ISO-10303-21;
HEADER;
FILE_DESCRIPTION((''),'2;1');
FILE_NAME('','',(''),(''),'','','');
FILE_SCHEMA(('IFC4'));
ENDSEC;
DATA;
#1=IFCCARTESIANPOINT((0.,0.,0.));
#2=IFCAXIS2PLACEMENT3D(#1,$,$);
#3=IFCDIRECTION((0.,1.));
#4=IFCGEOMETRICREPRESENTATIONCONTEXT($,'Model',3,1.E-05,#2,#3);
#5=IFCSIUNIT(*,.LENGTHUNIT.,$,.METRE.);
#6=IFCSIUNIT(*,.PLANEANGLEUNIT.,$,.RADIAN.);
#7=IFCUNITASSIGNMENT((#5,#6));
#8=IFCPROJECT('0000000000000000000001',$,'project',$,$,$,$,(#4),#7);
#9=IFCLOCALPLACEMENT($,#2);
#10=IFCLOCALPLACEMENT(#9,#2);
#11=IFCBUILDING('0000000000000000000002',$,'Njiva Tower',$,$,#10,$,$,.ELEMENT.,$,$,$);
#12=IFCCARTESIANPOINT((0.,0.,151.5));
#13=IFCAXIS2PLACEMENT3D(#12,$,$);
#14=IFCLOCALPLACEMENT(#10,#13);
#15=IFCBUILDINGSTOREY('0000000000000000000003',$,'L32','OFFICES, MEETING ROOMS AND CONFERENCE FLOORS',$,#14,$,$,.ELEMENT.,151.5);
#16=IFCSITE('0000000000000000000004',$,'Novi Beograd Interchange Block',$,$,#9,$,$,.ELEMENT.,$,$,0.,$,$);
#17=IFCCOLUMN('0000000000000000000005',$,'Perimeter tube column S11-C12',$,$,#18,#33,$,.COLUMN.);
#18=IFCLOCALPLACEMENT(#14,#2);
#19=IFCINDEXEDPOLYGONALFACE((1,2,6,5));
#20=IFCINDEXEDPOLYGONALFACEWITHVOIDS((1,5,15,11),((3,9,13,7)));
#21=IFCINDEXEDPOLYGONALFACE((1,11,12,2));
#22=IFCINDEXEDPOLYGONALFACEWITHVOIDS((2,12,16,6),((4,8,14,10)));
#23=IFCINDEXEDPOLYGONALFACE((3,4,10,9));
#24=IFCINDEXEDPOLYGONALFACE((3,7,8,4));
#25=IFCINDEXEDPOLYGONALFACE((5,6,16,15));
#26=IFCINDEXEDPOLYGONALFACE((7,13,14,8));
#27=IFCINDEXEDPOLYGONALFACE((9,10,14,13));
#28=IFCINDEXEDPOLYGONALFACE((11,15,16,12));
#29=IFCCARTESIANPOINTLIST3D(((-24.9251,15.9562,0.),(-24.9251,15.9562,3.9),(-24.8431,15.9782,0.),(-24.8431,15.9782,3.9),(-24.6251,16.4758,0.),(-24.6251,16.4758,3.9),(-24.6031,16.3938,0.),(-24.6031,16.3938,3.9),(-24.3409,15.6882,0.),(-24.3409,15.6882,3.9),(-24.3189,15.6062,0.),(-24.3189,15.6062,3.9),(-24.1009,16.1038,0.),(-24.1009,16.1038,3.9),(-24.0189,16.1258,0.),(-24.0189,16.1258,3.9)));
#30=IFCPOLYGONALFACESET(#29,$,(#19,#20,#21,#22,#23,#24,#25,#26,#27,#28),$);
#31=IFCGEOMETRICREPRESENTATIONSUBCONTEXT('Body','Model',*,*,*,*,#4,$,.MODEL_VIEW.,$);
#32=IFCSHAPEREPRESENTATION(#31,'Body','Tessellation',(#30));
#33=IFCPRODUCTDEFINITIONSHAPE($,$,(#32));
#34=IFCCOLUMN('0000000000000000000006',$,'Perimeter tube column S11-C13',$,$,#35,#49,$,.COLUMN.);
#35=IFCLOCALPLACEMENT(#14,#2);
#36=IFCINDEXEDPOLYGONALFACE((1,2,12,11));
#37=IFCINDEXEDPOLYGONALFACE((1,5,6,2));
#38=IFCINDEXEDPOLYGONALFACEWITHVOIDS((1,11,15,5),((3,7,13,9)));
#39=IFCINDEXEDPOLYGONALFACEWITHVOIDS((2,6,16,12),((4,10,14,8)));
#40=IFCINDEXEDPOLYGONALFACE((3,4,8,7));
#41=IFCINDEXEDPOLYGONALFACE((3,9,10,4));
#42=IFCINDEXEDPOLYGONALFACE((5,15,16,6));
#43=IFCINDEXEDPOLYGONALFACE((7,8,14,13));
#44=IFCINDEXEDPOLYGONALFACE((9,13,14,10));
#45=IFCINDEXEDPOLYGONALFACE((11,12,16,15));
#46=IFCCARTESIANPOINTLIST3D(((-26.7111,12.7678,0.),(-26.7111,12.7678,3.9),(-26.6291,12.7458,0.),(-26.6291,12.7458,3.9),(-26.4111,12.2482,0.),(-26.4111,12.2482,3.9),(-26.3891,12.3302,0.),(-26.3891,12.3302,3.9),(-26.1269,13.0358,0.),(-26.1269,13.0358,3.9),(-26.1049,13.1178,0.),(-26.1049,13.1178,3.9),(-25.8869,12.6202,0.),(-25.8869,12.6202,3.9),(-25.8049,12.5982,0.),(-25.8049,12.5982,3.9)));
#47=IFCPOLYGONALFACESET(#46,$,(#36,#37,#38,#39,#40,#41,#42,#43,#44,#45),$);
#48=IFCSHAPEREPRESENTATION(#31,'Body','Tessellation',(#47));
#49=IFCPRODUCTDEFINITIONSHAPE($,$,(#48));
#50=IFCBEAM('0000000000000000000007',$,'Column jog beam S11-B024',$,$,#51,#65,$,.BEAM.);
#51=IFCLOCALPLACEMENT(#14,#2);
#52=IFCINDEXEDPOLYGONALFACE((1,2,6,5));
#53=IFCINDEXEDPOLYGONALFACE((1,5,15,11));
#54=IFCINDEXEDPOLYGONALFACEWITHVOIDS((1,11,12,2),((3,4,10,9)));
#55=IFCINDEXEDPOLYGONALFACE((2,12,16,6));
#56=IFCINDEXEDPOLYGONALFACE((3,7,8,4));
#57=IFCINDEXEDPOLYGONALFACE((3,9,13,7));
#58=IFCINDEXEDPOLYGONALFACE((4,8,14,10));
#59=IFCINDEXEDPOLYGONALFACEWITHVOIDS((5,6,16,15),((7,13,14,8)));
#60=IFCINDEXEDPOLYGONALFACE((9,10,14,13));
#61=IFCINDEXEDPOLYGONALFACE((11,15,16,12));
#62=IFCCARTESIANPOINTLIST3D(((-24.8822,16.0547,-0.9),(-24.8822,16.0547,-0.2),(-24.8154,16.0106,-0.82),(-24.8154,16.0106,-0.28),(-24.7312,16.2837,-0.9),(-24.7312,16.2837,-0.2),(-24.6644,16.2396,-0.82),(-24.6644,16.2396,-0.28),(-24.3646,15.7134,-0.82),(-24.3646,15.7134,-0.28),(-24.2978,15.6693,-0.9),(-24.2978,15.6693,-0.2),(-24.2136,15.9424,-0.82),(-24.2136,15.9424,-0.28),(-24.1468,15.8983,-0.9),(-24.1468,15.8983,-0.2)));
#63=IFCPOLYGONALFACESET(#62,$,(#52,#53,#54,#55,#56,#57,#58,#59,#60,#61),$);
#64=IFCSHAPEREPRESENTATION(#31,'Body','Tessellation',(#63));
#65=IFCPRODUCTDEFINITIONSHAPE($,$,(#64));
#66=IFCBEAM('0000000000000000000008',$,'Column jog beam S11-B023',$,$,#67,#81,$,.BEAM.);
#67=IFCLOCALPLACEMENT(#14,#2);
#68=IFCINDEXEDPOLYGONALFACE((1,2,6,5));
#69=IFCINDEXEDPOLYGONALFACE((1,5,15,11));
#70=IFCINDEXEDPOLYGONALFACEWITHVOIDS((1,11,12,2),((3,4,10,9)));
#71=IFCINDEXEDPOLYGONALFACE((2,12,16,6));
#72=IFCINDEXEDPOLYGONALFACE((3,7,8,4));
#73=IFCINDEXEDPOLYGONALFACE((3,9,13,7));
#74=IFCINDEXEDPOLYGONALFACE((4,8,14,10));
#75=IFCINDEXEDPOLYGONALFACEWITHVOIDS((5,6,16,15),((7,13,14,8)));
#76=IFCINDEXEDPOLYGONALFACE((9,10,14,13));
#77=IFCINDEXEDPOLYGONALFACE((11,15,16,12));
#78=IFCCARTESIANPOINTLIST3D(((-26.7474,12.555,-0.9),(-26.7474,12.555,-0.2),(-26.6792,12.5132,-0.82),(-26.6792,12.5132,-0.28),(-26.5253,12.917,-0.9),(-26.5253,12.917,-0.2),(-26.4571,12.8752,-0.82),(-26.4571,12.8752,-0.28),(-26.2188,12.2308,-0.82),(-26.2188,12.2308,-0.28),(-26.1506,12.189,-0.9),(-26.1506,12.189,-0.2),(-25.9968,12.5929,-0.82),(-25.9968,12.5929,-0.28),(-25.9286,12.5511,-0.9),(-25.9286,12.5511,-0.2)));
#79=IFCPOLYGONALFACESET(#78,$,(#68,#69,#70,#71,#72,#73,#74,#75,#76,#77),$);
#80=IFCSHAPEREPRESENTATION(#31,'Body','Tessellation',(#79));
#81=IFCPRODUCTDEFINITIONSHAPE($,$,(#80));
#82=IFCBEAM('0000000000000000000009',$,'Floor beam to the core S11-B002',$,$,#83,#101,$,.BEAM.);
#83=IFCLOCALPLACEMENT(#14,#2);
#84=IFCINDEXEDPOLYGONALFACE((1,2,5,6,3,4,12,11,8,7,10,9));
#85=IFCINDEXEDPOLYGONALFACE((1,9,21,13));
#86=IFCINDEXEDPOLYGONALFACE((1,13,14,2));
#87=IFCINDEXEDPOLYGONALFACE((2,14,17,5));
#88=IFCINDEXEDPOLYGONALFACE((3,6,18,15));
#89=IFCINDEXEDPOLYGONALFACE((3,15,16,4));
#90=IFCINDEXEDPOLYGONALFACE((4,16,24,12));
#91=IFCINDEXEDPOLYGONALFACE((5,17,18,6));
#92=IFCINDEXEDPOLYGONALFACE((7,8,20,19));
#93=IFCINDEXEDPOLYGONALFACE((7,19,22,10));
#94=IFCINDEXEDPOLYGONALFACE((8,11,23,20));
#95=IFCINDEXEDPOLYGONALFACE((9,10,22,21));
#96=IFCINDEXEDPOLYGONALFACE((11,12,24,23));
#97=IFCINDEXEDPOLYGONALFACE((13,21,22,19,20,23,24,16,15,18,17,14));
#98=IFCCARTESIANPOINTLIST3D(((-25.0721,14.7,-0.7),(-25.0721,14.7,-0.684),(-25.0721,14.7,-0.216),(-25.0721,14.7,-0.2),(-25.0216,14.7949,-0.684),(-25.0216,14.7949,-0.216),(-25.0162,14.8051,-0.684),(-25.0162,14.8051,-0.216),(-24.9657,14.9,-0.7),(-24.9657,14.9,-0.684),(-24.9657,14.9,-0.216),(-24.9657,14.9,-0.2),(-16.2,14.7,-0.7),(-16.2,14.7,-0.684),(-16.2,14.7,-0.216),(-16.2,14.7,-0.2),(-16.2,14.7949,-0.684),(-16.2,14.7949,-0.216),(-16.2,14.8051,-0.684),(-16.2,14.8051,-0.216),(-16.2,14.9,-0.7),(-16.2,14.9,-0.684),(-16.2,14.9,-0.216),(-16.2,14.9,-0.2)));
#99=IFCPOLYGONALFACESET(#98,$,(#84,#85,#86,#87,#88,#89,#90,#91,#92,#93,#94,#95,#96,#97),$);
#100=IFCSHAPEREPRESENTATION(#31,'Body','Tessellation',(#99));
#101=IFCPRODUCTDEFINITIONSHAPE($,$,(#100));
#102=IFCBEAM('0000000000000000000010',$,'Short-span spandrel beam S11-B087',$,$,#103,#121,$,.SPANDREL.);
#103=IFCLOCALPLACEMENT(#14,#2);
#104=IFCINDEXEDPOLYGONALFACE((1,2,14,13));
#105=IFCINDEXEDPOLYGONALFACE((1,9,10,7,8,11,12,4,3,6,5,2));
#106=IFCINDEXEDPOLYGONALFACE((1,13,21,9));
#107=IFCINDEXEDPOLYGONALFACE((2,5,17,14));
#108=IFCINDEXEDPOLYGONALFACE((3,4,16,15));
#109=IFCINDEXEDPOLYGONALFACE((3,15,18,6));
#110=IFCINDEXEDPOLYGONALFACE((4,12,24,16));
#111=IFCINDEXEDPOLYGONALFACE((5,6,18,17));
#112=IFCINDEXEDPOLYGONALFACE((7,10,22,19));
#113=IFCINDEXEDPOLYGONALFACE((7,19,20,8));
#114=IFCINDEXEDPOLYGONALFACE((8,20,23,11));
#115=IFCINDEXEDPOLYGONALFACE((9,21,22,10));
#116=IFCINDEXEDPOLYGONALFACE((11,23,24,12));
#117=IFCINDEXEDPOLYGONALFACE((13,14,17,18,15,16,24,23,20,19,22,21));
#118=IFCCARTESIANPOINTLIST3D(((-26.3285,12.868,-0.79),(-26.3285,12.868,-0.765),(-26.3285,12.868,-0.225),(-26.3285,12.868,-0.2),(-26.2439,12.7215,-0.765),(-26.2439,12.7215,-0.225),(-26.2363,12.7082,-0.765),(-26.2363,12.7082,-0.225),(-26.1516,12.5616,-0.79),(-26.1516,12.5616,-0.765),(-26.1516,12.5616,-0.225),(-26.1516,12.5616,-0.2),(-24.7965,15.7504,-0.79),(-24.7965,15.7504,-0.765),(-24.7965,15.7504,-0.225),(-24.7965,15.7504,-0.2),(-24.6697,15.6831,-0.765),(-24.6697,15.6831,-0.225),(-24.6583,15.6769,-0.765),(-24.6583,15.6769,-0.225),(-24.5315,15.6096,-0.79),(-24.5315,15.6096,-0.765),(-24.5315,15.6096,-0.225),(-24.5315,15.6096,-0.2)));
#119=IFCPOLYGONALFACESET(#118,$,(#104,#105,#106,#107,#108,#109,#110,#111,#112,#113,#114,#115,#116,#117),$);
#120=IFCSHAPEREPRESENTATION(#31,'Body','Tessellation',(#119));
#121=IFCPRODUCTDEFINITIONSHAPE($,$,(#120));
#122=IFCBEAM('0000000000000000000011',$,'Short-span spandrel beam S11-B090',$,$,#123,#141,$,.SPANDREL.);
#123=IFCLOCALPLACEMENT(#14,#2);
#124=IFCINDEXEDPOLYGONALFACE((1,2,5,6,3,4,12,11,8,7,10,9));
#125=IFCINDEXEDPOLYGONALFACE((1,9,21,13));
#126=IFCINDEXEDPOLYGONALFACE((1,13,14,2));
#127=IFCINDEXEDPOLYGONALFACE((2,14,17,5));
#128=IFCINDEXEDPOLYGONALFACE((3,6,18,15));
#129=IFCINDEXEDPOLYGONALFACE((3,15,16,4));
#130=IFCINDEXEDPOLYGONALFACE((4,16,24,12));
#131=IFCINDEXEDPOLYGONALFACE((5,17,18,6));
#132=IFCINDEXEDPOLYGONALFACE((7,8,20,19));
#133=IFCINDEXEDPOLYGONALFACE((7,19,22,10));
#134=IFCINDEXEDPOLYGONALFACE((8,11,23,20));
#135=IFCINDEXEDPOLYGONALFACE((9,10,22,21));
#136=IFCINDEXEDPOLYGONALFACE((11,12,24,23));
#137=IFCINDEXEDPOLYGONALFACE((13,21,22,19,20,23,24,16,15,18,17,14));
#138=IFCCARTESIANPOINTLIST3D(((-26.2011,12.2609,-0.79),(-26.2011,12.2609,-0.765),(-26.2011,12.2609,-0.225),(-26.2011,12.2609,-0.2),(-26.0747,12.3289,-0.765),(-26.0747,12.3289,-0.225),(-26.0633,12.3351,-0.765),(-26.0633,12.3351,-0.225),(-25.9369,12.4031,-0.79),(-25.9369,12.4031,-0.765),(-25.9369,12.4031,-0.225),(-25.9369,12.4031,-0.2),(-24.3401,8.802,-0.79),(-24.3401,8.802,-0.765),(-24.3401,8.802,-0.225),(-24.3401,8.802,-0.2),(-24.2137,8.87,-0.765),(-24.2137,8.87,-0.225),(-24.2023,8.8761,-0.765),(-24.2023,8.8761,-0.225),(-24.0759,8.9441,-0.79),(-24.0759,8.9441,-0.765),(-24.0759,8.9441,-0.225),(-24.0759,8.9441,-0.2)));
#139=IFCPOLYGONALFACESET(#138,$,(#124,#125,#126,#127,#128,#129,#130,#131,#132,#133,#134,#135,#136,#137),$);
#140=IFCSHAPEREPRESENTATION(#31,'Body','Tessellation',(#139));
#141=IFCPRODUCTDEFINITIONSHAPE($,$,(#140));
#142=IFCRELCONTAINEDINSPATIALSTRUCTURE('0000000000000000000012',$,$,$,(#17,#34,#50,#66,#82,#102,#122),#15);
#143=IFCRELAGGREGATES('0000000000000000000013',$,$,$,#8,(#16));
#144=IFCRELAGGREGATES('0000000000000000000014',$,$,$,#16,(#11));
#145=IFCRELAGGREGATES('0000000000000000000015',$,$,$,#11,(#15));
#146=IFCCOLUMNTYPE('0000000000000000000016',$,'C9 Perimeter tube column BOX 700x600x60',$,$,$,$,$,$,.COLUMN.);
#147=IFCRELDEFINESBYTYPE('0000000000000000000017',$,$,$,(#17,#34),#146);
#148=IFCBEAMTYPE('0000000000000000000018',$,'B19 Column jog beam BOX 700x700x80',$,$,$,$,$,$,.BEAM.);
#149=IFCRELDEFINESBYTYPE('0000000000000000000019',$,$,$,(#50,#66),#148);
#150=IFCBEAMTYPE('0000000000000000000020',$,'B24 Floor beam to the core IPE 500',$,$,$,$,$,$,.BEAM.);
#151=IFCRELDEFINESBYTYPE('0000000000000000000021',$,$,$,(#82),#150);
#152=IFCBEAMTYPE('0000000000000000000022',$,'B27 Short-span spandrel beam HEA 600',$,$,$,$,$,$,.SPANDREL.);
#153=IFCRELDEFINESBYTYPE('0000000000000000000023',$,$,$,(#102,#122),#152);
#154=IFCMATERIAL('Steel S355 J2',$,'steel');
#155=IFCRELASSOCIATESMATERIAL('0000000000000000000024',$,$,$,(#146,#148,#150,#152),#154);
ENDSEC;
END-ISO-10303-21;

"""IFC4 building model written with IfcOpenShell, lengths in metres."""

from ifc_helpers import new_model, si_unit, direction, frame, origin, origin_2d, place, context, subcontext, project, spatial, hollow_rectangle, i_section, extrude, clip, halfspace, material, material_profile, profile_set, type_object, element, save


model = new_model("IFC4")

# Units and contexts
model_context = context("Model", 3, precision=1e-05, world=origin(), true_north=direction((0.0, 1.0)))
body_context = subcontext(model_context, "Body", "Model", "MODEL_VIEW")
ifc_project = project(units=[si_unit("LENGTHUNIT", "METRE"), si_unit("PLANEANGLEUNIT", "RADIAN")], contexts=[model_context])

# Site, building, storey
site_placement = place(None, origin())
site = spatial("IfcSite", under=ifc_project, at=site_placement, Name="Novi Beograd Interchange Block", CompositionType="ELEMENT", RefElevation=0.0)
building_placement = place(site_placement, origin())
building = spatial("IfcBuilding", under=site, at=building_placement, Name="Njiva Tower", CompositionType="ELEMENT")
storey_placement = place(building_placement, frame((0.0, 0.0, 151.5)))
storey = spatial("IfcBuildingStorey", under=building, at=storey_placement, Name="L32", Description="OFFICES, MEETING ROOMS AND CONFERENCE FLOORS", CompositionType="ELEMENT", Elevation=151.5)

# Columns
ifc_material_1 = material(Name="Steel S355 J2", Category="steel")
ifc_material_profile_1 = material_profile(ifc_material_1, hollow_rectangle(XDim=0.6, YDim=0.7, WallThickness=0.06, at=origin_2d()), Name="BOX 700x600x60")
ifc_profile_set_1 = profile_set([ifc_material_profile_1], Name="Steel S355 J2")
column_type = type_object("IfcColumnType", Name="C9 Perimeter tube column BOX 700x600x60", PredefinedType="COLUMN", material=ifc_profile_set_1)
for number, where, z_axis, x_axis, name in (
    (1, (-24.472, 16.041, 0.0), (0.0, 0.0, 1.0), (-0.5, -0.866025, 0.0), "Perimeter tube column S11-C12"),
    (2, (-26.258, 12.683, 0.0), (0.0, 0.0, 1.0), (0.5, -0.866025, 0.0), "Perimeter tube column S11-C13"),
):
    element("IfcColumn", number, at=place(storey_placement, frame(where, z_axis=z_axis, x_axis=x_axis)), inside=storey, type_object=column_type, Name=name, PredefinedType="COLUMN", context=body_context, shape_type="SweptSolid", body=[
        extrude(hollow_rectangle(XDim=0.6, YDim=0.7, WallThickness=0.06, at=origin_2d()), origin(), (0.0, 0.0, 1.0), 3.9),
    ])

# Beams
ifc_material_profile_2 = material_profile(ifc_material_1, hollow_rectangle(XDim=0.7, YDim=0.7, WallThickness=0.08, at=origin_2d()), Name="BOX 700x700x80")
ifc_profile_set_2 = profile_set([ifc_material_profile_2], Name="Steel S355 J2")
beam_type_1 = type_object("IfcBeamType", Name="B19 Column jog beam BOX 700x700x80", PredefinedType="BEAM", material=ifc_profile_set_2)
beam_1_placement = place(storey_placement, frame((-24.59, 15.862, -0.55), z_axis=(0.550487, 0.834844, 0.0), x_axis=(-0.834844, 0.550487, 0.0)))
element("IfcBeam", 3, at=beam_1_placement, inside=storey, type_object=beam_type_1, Name="Column jog beam S11-B024", PredefinedType="BEAM", context=body_context, shape_type="SweptSolid", body=[
    extrude(hollow_rectangle(XDim=0.7, YDim=0.7, WallThickness=0.08, at=origin_2d()), origin(), (0.0, 0.0, 1.0), 0.2743),
])
beam_2_placement = place(storey_placement, frame((-26.449, 12.372, -0.55), z_axis=(0.522783, 0.852466, 0.0), x_axis=(-0.852466, 0.522783, 0.0)))
element("IfcBeam", 4, at=beam_2_placement, inside=storey, type_object=beam_type_1, Name="Column jog beam S11-B023", PredefinedType="BEAM", context=body_context, shape_type="SweptSolid", body=[
    extrude(hollow_rectangle(XDim=0.7, YDim=0.7, WallThickness=0.08, at=origin_2d()), origin(), (0.0, 0.0, 1.0), 0.4247),
])
ifc_material_profile_3 = material_profile(ifc_material_1, i_section(OverallWidth=0.2, OverallDepth=0.5, WebThickness=0.0102, FlangeThickness=0.016, at=origin_2d()), Name="IPE 500")
ifc_profile_set_3 = profile_set([ifc_material_profile_3], Name="Steel S355 J2")
beam_type_2 = type_object("IfcBeamType", Name="B24 Floor beam to the core IPE 500", PredefinedType="BEAM", material=ifc_profile_set_3)
beam_3_placement = place(storey_placement, frame((-25.092, 14.8, -0.45), z_axis=(1.0, 0.0, 0.0), x_axis=(0.0, 1.0, 0.0)))
element("IfcBeam", 5, at=beam_3_placement, inside=storey, type_object=beam_type_2, Name="Floor beam to the core S11-B002", PredefinedType="BEAM", context=body_context, shape_type="Clipping", body=[
    clip(extrude(i_section(OverallWidth=0.2, OverallDepth=0.5, WebThickness=0.0102, FlangeThickness=0.016, at=origin_2d()), origin(), (0.0, 0.0, 1.0), 8.892), halfspace(frame((0.0235, 0.0, 0.0856), z_axis=(0.46939, 0.0, -0.882991), x_axis=(0.0, -1.0, 0.0)), False)),
])
ifc_material_profile_4 = material_profile(ifc_material_1, i_section(OverallWidth=0.3, OverallDepth=0.59, WebThickness=0.013, FlangeThickness=0.025, at=origin_2d()), Name="HEA 600")
ifc_profile_set_4 = profile_set([ifc_material_profile_4], Name="Steel S355 J2")
beam_type_3 = type_object("IfcBeamType", Name="B27 Short-span spandrel beam HEA 600", PredefinedType="SPANDREL", material=ifc_profile_set_4)
beam_4_placement = place(storey_placement, frame((-24.664, 15.68, -0.495), z_axis=(-0.469351, -0.883012, 0.0), x_axis=(0.883012, -0.469351, 0.0)))
element("IfcBeam", 6, at=beam_4_placement, inside=storey, type_object=beam_type_3, Name="Short-span spandrel beam S11-B087", PredefinedType="SPANDREL", context=body_context, shape_type="Clipping", body=[
    clip(extrude(i_section(OverallWidth=0.3, OverallDepth=0.59, WebThickness=0.013, FlangeThickness=0.025, at=origin_2d()), origin(), (0.0, 0.0, 1.0), 3.4718), halfspace(frame((-0.0269, 0.0, 3.3412), z_axis=(-0.530037, 0.0, 0.847975), x_axis=(0.0, 1.0, 0.0)), False)),
])
beam_5_placement = place(storey_placement, frame((-26.069, 12.332, -0.495), z_axis=(0.473796, -0.880635, 0.0), x_axis=(0.880635, 0.473796, 0.0)))
element("IfcBeam", 7, at=beam_5_placement, inside=storey, type_object=beam_type_3, Name="Short-span spandrel beam S11-B090", PredefinedType="SPANDREL", context=body_context, shape_type="SweptSolid", body=[
    extrude(i_section(OverallWidth=0.3, OverallDepth=0.59, WebThickness=0.013, FlangeThickness=0.025, at=origin_2d()), origin(), (0.0, 0.0, 1.0), 3.9278),
])

save(model, "model.ifc")
